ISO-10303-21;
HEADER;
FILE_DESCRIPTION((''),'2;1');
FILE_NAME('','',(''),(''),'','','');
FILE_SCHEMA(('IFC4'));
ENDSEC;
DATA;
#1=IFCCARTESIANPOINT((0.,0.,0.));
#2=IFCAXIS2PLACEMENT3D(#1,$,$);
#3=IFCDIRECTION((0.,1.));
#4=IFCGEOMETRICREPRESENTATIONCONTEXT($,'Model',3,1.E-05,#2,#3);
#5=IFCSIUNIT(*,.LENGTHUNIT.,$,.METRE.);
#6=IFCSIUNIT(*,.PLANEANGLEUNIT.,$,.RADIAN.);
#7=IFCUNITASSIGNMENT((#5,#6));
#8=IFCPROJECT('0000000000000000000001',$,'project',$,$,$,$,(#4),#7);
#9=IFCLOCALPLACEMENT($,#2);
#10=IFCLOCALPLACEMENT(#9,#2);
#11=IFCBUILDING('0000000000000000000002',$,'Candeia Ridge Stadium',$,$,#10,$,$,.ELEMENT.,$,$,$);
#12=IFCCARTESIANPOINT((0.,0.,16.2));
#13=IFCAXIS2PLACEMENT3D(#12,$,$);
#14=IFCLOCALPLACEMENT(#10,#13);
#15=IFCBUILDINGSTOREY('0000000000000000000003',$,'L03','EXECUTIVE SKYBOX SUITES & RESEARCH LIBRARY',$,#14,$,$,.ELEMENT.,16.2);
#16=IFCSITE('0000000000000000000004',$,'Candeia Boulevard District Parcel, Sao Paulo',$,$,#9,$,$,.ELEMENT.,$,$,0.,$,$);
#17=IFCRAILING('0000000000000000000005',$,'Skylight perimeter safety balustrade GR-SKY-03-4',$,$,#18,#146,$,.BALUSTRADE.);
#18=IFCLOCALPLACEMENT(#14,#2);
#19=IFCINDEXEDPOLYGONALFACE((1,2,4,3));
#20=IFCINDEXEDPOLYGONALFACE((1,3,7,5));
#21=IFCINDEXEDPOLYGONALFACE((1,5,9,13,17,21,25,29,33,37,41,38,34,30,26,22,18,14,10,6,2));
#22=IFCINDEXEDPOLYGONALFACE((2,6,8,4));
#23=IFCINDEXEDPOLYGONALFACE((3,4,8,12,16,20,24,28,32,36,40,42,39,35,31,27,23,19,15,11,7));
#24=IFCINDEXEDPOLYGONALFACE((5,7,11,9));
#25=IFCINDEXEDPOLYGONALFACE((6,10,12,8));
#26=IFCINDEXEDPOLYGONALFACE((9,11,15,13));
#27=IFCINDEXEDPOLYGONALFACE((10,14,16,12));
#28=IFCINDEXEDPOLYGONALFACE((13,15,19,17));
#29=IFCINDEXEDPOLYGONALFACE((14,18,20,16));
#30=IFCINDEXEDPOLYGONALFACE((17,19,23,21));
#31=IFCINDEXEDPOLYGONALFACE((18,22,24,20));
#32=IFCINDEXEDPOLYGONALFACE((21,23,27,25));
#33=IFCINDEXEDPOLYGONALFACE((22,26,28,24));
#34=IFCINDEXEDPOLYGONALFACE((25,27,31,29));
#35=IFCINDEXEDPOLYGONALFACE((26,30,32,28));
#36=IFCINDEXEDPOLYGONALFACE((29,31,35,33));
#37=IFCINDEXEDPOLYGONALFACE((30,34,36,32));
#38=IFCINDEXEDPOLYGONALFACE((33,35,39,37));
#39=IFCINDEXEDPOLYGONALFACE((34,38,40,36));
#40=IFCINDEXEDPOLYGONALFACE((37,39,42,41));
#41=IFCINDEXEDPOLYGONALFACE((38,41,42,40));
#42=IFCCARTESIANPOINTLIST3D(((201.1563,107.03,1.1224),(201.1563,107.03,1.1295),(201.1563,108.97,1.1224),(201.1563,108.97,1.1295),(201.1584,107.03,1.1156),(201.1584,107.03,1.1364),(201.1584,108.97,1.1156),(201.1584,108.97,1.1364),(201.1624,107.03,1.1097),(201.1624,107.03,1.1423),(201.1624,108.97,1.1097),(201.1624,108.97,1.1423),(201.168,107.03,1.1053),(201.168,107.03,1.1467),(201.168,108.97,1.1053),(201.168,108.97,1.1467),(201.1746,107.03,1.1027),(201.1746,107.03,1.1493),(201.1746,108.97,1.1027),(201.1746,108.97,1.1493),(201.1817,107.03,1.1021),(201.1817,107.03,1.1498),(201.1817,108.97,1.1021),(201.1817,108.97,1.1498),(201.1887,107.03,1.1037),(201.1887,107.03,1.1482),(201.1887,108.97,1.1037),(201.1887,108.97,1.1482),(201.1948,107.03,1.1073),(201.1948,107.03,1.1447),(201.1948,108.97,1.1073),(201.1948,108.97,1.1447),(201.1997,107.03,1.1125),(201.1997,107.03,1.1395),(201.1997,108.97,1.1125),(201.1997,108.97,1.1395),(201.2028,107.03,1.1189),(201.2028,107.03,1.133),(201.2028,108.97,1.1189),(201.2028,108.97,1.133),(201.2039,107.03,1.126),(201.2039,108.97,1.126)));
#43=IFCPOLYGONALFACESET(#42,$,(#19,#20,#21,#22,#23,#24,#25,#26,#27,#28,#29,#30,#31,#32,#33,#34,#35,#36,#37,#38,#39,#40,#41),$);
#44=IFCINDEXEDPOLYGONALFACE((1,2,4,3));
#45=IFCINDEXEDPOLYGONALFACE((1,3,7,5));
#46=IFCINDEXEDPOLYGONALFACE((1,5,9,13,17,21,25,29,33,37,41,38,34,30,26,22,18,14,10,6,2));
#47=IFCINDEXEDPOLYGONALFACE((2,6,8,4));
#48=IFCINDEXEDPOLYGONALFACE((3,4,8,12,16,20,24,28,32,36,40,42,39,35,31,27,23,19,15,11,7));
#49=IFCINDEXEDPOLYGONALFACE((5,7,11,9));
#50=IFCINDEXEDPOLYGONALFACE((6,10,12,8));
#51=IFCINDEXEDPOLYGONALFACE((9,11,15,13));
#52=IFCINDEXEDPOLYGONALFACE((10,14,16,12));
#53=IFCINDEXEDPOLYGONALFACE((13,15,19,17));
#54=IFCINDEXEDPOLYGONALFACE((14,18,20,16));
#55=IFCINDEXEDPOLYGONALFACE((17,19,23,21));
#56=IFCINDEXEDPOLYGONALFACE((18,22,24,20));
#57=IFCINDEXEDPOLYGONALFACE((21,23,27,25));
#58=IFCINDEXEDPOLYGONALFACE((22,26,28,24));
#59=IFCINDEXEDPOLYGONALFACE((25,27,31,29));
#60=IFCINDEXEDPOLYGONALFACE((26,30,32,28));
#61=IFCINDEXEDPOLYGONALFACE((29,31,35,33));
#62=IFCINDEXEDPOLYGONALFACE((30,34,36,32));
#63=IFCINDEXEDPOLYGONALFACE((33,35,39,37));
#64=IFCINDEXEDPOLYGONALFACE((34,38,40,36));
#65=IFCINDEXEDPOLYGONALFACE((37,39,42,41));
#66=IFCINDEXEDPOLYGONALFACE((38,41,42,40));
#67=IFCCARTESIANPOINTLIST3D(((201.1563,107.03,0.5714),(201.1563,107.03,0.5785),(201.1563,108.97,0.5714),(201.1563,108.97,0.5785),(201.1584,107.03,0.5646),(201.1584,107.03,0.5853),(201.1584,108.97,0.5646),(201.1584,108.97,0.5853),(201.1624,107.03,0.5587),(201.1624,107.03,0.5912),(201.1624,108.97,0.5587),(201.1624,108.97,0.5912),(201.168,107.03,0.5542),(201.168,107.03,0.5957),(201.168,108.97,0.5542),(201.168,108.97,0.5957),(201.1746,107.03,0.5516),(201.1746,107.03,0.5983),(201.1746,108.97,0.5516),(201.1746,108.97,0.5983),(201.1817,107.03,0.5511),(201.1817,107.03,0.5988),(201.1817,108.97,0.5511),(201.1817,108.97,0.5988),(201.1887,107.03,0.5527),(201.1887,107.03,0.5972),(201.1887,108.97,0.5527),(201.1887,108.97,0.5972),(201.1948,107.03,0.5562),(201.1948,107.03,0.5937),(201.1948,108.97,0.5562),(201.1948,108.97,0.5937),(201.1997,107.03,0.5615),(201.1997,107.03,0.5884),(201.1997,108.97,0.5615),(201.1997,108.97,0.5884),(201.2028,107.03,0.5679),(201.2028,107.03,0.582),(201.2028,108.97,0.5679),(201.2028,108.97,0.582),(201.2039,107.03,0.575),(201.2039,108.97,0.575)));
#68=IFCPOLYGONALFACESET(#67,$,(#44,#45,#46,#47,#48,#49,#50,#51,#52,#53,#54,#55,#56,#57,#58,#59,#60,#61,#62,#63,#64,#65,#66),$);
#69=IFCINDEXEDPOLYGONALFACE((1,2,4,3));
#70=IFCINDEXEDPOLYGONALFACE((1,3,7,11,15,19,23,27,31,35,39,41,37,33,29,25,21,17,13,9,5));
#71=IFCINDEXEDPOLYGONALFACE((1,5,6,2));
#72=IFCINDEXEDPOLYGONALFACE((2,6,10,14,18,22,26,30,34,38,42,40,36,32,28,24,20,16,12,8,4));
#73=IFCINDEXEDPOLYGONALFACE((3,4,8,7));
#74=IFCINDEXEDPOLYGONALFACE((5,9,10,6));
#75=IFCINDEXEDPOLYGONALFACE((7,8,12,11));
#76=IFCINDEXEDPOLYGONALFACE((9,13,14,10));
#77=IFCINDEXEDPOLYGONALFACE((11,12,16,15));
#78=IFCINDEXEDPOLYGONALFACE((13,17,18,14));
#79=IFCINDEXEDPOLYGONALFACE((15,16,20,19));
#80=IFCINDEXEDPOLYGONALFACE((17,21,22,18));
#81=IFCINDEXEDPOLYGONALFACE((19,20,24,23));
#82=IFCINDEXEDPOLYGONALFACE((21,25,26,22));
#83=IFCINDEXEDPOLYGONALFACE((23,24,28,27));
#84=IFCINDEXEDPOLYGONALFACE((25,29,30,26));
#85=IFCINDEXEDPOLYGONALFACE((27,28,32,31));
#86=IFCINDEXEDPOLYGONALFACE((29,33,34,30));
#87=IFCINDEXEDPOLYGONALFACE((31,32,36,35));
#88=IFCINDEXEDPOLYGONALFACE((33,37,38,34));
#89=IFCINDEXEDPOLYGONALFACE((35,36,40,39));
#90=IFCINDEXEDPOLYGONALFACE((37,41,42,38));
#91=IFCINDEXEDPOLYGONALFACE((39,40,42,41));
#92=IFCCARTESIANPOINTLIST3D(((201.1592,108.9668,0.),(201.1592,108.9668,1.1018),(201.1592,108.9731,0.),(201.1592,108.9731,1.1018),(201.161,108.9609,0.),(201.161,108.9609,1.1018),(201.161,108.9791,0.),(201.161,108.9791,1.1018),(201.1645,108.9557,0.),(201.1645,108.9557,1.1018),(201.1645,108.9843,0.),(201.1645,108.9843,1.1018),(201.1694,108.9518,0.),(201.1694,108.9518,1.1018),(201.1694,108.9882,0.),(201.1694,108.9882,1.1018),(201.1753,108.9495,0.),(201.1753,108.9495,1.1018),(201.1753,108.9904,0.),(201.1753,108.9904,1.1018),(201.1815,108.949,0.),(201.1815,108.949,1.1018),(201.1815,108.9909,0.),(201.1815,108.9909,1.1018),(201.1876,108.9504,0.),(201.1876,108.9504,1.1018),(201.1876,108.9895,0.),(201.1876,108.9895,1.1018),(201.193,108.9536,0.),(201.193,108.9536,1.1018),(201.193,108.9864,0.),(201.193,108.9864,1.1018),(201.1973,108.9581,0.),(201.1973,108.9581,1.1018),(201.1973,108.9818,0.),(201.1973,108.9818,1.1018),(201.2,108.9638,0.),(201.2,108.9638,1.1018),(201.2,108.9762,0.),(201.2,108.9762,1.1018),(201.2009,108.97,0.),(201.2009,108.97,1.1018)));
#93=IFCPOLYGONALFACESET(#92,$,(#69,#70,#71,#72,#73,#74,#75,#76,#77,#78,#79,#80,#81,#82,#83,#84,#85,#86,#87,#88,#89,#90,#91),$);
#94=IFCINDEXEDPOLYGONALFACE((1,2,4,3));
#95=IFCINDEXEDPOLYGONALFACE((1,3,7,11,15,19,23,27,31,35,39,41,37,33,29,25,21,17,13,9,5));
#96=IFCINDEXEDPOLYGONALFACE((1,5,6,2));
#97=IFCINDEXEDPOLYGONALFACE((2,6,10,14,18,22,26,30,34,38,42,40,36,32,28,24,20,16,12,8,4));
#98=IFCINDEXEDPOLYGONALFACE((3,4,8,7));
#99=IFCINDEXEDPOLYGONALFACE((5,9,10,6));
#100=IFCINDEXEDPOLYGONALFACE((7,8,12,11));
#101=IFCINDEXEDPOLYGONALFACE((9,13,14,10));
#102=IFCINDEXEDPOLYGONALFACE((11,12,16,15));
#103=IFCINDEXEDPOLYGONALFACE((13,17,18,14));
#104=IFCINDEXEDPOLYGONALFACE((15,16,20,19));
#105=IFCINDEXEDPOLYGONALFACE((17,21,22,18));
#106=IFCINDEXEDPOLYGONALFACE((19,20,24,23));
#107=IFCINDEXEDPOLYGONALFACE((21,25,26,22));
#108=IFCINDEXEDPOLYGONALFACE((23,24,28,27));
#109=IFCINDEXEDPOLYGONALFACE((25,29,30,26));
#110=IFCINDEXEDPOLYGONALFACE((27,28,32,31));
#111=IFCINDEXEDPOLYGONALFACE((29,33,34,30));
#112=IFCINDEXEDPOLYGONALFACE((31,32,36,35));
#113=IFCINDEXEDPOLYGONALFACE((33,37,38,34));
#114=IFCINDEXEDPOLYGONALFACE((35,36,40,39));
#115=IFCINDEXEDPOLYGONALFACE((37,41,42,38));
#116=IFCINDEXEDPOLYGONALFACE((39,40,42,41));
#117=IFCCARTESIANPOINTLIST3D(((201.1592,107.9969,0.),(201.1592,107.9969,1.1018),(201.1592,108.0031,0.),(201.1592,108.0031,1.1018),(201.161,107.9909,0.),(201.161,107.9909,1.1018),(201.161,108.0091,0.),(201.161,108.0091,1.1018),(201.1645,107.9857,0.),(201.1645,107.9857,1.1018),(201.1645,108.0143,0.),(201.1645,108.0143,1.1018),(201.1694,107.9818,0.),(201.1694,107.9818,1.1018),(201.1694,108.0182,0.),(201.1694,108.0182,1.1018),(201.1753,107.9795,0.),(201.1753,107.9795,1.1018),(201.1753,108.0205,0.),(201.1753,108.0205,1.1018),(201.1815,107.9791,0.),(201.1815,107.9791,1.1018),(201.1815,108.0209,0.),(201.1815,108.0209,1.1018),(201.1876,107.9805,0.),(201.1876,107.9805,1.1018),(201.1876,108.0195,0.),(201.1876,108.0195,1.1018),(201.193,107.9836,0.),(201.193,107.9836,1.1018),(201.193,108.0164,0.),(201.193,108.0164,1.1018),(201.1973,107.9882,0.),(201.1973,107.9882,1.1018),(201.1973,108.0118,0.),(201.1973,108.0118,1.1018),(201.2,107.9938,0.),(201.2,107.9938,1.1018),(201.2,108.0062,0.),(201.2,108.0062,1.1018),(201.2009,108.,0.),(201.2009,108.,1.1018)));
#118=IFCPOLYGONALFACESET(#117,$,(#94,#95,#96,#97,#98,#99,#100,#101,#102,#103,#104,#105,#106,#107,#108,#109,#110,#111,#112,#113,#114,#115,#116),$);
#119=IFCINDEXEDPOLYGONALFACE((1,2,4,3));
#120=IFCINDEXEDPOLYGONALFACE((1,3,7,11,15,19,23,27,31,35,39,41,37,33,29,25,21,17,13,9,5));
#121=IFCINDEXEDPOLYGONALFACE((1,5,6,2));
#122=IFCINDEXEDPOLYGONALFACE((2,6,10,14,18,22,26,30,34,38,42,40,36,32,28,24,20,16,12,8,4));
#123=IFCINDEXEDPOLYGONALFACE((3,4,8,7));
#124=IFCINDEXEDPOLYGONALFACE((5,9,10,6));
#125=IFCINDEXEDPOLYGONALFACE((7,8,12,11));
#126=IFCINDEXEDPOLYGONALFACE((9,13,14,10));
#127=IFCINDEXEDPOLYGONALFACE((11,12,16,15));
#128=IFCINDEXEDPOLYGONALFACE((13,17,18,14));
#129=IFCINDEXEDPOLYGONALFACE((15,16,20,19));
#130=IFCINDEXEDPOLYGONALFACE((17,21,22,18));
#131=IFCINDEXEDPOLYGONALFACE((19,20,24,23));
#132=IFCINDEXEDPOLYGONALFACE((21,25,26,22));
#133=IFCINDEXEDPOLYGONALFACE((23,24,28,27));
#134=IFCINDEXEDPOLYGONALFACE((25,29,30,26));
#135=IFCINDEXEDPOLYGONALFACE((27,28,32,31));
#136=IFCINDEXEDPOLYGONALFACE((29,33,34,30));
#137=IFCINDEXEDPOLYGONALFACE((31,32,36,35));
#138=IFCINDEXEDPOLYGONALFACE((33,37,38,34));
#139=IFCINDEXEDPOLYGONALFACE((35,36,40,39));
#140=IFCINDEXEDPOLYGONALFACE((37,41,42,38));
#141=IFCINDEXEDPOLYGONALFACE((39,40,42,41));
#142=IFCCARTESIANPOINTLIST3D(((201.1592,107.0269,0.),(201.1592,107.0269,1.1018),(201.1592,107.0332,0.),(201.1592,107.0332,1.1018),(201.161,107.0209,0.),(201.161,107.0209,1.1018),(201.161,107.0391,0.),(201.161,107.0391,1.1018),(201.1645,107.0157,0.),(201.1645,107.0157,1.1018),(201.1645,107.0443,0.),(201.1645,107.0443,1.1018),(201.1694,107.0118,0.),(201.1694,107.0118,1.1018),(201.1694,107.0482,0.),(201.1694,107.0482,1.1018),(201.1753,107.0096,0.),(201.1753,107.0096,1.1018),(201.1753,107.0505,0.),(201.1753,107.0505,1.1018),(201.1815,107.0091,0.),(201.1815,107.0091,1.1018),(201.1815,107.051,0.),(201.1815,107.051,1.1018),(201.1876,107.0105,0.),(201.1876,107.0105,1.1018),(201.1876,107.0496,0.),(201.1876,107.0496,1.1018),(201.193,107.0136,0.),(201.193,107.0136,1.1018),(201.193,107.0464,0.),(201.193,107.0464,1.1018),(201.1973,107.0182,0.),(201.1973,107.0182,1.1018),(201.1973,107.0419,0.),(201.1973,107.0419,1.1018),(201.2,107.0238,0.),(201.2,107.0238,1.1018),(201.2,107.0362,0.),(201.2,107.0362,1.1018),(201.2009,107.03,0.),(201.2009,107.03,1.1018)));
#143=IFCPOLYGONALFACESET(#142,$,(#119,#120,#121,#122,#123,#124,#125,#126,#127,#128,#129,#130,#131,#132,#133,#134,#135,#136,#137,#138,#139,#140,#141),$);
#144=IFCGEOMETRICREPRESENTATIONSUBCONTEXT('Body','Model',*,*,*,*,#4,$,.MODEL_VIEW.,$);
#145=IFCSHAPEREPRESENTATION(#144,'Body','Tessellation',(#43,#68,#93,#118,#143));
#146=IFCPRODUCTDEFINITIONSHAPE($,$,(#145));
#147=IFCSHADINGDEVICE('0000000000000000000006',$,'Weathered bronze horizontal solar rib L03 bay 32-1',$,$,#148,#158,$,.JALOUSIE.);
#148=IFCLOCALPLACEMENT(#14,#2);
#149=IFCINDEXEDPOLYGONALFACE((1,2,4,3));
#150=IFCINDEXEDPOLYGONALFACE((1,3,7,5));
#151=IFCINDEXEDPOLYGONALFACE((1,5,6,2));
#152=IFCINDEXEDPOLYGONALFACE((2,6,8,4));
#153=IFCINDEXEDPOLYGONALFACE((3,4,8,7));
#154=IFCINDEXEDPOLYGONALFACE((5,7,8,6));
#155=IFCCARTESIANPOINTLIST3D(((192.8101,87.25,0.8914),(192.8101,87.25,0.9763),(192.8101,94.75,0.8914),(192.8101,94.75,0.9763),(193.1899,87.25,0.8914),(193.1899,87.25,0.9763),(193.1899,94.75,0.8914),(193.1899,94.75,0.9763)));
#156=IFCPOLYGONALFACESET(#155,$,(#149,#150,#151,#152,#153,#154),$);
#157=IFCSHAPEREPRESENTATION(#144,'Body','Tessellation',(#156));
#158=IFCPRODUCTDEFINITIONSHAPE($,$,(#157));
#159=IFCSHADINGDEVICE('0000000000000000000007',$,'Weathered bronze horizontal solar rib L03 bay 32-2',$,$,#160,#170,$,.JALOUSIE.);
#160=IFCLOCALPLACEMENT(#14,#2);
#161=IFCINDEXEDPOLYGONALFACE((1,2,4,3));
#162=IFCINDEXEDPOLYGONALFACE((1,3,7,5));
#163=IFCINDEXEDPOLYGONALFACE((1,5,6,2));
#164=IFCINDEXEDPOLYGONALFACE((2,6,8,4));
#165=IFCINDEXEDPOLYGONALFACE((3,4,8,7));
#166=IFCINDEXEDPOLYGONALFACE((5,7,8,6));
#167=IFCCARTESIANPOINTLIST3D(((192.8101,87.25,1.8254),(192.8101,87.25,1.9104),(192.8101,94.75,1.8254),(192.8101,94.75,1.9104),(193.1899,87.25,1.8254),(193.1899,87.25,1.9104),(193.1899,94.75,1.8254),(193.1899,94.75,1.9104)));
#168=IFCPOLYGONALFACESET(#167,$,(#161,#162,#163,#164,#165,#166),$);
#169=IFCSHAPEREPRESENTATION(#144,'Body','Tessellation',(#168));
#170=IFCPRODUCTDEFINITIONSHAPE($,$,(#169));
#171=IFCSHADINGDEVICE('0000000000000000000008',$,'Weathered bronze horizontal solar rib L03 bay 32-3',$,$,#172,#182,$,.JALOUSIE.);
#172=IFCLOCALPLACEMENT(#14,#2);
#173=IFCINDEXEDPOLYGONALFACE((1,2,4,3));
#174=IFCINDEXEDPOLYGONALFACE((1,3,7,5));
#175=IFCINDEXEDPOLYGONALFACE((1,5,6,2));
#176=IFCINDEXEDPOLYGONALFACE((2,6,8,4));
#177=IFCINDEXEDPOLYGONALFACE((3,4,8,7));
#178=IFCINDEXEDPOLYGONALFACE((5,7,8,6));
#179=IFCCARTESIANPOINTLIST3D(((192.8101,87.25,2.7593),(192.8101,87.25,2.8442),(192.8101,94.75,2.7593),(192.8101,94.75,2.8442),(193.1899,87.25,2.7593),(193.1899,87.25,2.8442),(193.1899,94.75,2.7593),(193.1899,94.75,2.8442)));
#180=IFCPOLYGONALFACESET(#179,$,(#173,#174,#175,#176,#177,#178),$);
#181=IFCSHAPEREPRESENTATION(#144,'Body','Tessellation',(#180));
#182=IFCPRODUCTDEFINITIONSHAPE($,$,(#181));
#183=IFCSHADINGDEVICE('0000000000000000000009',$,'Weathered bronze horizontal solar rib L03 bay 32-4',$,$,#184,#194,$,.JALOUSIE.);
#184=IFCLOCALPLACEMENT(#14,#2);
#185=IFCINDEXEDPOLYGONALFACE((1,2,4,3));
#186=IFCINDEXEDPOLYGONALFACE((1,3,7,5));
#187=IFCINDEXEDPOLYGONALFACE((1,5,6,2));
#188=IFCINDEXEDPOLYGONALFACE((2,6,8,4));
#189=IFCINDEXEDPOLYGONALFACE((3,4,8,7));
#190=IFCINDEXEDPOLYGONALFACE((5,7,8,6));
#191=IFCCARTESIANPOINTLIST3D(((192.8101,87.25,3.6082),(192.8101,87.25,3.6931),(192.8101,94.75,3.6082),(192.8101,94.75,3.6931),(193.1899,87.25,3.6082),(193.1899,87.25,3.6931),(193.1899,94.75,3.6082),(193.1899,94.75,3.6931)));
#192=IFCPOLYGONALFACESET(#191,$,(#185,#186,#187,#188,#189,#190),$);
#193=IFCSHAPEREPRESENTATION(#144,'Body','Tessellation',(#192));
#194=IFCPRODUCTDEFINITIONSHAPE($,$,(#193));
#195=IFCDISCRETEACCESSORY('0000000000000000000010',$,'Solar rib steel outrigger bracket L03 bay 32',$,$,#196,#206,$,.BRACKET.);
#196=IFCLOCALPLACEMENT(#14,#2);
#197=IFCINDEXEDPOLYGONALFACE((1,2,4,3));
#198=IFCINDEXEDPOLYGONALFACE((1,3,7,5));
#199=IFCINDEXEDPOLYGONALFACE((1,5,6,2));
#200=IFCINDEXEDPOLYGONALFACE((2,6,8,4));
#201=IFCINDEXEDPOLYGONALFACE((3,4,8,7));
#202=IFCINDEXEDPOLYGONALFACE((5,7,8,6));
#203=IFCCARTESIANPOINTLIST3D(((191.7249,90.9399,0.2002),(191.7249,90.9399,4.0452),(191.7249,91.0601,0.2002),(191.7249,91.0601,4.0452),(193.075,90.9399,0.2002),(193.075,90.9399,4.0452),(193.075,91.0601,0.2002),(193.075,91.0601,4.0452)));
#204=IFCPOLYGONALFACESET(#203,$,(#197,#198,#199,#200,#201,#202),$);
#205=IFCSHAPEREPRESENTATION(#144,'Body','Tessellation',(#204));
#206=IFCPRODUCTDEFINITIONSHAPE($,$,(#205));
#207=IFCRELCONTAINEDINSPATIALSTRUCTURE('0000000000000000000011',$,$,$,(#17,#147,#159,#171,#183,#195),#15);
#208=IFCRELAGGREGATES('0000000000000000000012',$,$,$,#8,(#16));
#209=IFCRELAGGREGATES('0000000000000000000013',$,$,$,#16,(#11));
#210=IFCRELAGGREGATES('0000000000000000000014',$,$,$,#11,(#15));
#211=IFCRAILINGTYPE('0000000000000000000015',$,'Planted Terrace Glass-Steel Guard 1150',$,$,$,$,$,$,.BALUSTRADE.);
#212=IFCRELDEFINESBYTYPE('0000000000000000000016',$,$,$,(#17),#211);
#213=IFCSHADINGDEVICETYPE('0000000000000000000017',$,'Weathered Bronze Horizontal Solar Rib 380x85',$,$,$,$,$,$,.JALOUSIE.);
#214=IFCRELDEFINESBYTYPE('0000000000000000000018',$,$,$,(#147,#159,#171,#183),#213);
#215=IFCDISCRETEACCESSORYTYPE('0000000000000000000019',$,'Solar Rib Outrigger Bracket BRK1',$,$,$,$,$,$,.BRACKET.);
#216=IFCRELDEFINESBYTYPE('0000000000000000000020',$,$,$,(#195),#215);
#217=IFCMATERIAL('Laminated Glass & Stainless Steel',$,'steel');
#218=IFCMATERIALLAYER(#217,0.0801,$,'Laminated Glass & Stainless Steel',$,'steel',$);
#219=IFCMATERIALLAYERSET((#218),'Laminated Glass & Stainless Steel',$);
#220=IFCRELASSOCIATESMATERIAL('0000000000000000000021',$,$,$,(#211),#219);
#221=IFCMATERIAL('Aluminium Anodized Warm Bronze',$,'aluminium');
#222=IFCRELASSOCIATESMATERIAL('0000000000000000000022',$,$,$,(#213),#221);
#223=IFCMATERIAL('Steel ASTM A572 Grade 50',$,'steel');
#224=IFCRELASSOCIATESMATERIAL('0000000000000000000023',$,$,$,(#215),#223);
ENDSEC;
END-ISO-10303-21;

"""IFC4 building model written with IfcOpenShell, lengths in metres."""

from ifc_helpers import new_model, si_unit, direction, frame, origin, origin_2d, place, context, subcontext, project, spatial, rectangle, circle, extrude, material, layer, layer_set, type_object, element, save


model = new_model("IFC4")

# Units and contexts
model_context = context("Model", 3, precision=1e-05, world=origin(), true_north=direction((0.0, 1.0)))
body_context = subcontext(model_context, "Body", "Model", "MODEL_VIEW")
ifc_project = project(units=[si_unit("LENGTHUNIT", "METRE"), si_unit("PLANEANGLEUNIT", "RADIAN")], contexts=[model_context])

# Site, building, storey
site_placement = place(None, origin())
site = spatial("IfcSite", under=ifc_project, at=site_placement, Name="Candeia Boulevard District Parcel, Sao Paulo", CompositionType="ELEMENT", RefElevation=0.0)
building_placement = place(site_placement, origin())
building = spatial("IfcBuilding", under=site, at=building_placement, Name="Candeia Ridge Stadium", CompositionType="ELEMENT")
storey_placement = place(building_placement, frame((0.0, 0.0, 16.2)))
storey = spatial("IfcBuildingStorey", under=building, at=storey_placement, Name="L03", Description="EXECUTIVE SKYBOX SUITES & RESEARCH LIBRARY", CompositionType="ELEMENT", Elevation=16.2)

# Shared definitions
ifc_material_1 = material(Name="Aluminium Anodized Warm Bronze", Category="aluminium")

# Shared definitions
ifc_material_2 = material(Name="Steel ASTM A572 Grade 50", Category="steel")

# Railing
ifc_material_3 = material(Name="Laminated Glass & Stainless Steel", Category="steel")
ifc_layer_1 = layer(ifc_material_3, 0.0801, Name="Laminated Glass & Stainless Steel", Category="steel")
ifc_layer_set_1 = layer_set([ifc_layer_1], Name="Laminated Glass & Stainless Steel")
railing_type = type_object("IfcRailingType", Name="Planted Terrace Glass-Steel Guard 1150", PredefinedType="BALUSTRADE", material=ifc_layer_set_1)
railing_1_placement = place(storey_placement, frame((201.1799, 108.97, 0.0)))
element("IfcRailing", 1, at=railing_1_placement, inside=storey, type_object=railing_type, Name="Skylight perimeter safety balustrade GR-SKY-03-4", PredefinedType="BALUSTRADE", context=body_context, shape_type="SweptSolid", body=[
    extrude(circle(Radius=0.0239, at=origin_2d()), frame((0.0, 0.0, 1.126), z_axis=(0.0, -1.0, 0.0), x_axis=(1.0, 0.0, 0.0)), (0.0, 0.0, 1.0), 1.9399),
    extrude(circle(Radius=0.0239, at=origin_2d()), frame((0.0, 0.0, 0.575), z_axis=(0.0, -1.0, 0.0), x_axis=(1.0, 0.0, 0.0)), (0.0, 0.0, 1.0), 1.9399),
    extrude(circle(Radius=0.021, at=origin_2d()), origin(), (0.0, 0.0, 1.0), 1.1018),
    extrude(circle(Radius=0.021, at=origin_2d()), frame((0.0, -0.97, 0.0)), (0.0, 0.0, 1.0), 1.1018),
    extrude(circle(Radius=0.021, at=origin_2d()), frame((0.0, -1.9399, 0.0)), (0.0, 0.0, 1.0), 1.1018),
])

# Shading devices
shading_device_type = type_object("IfcShadingDeviceType", Name="Weathered Bronze Horizontal Solar Rib 380x85", PredefinedType="JALOUSIE", material=ifc_material_1)
for number, where, z_axis, x_axis, name in (
    (2, (193.0, 91.0, 0.8914), (0.0, 0.0, 1.0), (0.0, 1.0, 0.0), "Weathered bronze horizontal solar rib L03 bay 32-1"),
    (3, (193.0, 91.0, 1.8254), (0.0, 0.0, 1.0), (0.0, 1.0, 0.0), "Weathered bronze horizontal solar rib L03 bay 32-2"),
    (4, (193.0, 91.0, 2.7593), (0.0, 0.0, 1.0), (0.0, 1.0, 0.0), "Weathered bronze horizontal solar rib L03 bay 32-3"),
    (5, (193.0, 91.0, 3.6082), (0.0, 0.0, 1.0), (0.0, 1.0, 0.0), "Weathered bronze horizontal solar rib L03 bay 32-4"),
):
    element("IfcShadingDevice", number, at=place(storey_placement, frame(where, z_axis=z_axis, x_axis=x_axis)), inside=storey, type_object=shading_device_type, Name=name, PredefinedType="JALOUSIE", context=body_context, shape_type="SweptSolid", body=[
        extrude(rectangle(XDim=7.5, YDim=0.3799, at=origin_2d()), origin(), (0.0, 0.0, 1.0), 0.085),
    ])

# Discrete accessory
discrete_accessory_type = type_object("IfcDiscreteAccessoryType", Name="Solar Rib Outrigger Bracket BRK1", PredefinedType="BRACKET", material=ifc_material_2)
discrete_accessory_placement = place(storey_placement, frame((192.3999, 91.0, 0.2002), z_axis=(0.0, 0.0, 1.0), x_axis=(1.0, 0.0, 0.0)))
element("IfcDiscreteAccessory", 6, at=discrete_accessory_placement, inside=storey, type_object=discrete_accessory_type, Name="Solar rib steel outrigger bracket L03 bay 32", PredefinedType="BRACKET", context=body_context, shape_type="SweptSolid", body=[
    extrude(rectangle(XDim=1.3501, YDim=0.1201, at=origin_2d()), origin(), (0.0, 0.0, 1.0), 3.845),
])

save(model, "model.ifc")
